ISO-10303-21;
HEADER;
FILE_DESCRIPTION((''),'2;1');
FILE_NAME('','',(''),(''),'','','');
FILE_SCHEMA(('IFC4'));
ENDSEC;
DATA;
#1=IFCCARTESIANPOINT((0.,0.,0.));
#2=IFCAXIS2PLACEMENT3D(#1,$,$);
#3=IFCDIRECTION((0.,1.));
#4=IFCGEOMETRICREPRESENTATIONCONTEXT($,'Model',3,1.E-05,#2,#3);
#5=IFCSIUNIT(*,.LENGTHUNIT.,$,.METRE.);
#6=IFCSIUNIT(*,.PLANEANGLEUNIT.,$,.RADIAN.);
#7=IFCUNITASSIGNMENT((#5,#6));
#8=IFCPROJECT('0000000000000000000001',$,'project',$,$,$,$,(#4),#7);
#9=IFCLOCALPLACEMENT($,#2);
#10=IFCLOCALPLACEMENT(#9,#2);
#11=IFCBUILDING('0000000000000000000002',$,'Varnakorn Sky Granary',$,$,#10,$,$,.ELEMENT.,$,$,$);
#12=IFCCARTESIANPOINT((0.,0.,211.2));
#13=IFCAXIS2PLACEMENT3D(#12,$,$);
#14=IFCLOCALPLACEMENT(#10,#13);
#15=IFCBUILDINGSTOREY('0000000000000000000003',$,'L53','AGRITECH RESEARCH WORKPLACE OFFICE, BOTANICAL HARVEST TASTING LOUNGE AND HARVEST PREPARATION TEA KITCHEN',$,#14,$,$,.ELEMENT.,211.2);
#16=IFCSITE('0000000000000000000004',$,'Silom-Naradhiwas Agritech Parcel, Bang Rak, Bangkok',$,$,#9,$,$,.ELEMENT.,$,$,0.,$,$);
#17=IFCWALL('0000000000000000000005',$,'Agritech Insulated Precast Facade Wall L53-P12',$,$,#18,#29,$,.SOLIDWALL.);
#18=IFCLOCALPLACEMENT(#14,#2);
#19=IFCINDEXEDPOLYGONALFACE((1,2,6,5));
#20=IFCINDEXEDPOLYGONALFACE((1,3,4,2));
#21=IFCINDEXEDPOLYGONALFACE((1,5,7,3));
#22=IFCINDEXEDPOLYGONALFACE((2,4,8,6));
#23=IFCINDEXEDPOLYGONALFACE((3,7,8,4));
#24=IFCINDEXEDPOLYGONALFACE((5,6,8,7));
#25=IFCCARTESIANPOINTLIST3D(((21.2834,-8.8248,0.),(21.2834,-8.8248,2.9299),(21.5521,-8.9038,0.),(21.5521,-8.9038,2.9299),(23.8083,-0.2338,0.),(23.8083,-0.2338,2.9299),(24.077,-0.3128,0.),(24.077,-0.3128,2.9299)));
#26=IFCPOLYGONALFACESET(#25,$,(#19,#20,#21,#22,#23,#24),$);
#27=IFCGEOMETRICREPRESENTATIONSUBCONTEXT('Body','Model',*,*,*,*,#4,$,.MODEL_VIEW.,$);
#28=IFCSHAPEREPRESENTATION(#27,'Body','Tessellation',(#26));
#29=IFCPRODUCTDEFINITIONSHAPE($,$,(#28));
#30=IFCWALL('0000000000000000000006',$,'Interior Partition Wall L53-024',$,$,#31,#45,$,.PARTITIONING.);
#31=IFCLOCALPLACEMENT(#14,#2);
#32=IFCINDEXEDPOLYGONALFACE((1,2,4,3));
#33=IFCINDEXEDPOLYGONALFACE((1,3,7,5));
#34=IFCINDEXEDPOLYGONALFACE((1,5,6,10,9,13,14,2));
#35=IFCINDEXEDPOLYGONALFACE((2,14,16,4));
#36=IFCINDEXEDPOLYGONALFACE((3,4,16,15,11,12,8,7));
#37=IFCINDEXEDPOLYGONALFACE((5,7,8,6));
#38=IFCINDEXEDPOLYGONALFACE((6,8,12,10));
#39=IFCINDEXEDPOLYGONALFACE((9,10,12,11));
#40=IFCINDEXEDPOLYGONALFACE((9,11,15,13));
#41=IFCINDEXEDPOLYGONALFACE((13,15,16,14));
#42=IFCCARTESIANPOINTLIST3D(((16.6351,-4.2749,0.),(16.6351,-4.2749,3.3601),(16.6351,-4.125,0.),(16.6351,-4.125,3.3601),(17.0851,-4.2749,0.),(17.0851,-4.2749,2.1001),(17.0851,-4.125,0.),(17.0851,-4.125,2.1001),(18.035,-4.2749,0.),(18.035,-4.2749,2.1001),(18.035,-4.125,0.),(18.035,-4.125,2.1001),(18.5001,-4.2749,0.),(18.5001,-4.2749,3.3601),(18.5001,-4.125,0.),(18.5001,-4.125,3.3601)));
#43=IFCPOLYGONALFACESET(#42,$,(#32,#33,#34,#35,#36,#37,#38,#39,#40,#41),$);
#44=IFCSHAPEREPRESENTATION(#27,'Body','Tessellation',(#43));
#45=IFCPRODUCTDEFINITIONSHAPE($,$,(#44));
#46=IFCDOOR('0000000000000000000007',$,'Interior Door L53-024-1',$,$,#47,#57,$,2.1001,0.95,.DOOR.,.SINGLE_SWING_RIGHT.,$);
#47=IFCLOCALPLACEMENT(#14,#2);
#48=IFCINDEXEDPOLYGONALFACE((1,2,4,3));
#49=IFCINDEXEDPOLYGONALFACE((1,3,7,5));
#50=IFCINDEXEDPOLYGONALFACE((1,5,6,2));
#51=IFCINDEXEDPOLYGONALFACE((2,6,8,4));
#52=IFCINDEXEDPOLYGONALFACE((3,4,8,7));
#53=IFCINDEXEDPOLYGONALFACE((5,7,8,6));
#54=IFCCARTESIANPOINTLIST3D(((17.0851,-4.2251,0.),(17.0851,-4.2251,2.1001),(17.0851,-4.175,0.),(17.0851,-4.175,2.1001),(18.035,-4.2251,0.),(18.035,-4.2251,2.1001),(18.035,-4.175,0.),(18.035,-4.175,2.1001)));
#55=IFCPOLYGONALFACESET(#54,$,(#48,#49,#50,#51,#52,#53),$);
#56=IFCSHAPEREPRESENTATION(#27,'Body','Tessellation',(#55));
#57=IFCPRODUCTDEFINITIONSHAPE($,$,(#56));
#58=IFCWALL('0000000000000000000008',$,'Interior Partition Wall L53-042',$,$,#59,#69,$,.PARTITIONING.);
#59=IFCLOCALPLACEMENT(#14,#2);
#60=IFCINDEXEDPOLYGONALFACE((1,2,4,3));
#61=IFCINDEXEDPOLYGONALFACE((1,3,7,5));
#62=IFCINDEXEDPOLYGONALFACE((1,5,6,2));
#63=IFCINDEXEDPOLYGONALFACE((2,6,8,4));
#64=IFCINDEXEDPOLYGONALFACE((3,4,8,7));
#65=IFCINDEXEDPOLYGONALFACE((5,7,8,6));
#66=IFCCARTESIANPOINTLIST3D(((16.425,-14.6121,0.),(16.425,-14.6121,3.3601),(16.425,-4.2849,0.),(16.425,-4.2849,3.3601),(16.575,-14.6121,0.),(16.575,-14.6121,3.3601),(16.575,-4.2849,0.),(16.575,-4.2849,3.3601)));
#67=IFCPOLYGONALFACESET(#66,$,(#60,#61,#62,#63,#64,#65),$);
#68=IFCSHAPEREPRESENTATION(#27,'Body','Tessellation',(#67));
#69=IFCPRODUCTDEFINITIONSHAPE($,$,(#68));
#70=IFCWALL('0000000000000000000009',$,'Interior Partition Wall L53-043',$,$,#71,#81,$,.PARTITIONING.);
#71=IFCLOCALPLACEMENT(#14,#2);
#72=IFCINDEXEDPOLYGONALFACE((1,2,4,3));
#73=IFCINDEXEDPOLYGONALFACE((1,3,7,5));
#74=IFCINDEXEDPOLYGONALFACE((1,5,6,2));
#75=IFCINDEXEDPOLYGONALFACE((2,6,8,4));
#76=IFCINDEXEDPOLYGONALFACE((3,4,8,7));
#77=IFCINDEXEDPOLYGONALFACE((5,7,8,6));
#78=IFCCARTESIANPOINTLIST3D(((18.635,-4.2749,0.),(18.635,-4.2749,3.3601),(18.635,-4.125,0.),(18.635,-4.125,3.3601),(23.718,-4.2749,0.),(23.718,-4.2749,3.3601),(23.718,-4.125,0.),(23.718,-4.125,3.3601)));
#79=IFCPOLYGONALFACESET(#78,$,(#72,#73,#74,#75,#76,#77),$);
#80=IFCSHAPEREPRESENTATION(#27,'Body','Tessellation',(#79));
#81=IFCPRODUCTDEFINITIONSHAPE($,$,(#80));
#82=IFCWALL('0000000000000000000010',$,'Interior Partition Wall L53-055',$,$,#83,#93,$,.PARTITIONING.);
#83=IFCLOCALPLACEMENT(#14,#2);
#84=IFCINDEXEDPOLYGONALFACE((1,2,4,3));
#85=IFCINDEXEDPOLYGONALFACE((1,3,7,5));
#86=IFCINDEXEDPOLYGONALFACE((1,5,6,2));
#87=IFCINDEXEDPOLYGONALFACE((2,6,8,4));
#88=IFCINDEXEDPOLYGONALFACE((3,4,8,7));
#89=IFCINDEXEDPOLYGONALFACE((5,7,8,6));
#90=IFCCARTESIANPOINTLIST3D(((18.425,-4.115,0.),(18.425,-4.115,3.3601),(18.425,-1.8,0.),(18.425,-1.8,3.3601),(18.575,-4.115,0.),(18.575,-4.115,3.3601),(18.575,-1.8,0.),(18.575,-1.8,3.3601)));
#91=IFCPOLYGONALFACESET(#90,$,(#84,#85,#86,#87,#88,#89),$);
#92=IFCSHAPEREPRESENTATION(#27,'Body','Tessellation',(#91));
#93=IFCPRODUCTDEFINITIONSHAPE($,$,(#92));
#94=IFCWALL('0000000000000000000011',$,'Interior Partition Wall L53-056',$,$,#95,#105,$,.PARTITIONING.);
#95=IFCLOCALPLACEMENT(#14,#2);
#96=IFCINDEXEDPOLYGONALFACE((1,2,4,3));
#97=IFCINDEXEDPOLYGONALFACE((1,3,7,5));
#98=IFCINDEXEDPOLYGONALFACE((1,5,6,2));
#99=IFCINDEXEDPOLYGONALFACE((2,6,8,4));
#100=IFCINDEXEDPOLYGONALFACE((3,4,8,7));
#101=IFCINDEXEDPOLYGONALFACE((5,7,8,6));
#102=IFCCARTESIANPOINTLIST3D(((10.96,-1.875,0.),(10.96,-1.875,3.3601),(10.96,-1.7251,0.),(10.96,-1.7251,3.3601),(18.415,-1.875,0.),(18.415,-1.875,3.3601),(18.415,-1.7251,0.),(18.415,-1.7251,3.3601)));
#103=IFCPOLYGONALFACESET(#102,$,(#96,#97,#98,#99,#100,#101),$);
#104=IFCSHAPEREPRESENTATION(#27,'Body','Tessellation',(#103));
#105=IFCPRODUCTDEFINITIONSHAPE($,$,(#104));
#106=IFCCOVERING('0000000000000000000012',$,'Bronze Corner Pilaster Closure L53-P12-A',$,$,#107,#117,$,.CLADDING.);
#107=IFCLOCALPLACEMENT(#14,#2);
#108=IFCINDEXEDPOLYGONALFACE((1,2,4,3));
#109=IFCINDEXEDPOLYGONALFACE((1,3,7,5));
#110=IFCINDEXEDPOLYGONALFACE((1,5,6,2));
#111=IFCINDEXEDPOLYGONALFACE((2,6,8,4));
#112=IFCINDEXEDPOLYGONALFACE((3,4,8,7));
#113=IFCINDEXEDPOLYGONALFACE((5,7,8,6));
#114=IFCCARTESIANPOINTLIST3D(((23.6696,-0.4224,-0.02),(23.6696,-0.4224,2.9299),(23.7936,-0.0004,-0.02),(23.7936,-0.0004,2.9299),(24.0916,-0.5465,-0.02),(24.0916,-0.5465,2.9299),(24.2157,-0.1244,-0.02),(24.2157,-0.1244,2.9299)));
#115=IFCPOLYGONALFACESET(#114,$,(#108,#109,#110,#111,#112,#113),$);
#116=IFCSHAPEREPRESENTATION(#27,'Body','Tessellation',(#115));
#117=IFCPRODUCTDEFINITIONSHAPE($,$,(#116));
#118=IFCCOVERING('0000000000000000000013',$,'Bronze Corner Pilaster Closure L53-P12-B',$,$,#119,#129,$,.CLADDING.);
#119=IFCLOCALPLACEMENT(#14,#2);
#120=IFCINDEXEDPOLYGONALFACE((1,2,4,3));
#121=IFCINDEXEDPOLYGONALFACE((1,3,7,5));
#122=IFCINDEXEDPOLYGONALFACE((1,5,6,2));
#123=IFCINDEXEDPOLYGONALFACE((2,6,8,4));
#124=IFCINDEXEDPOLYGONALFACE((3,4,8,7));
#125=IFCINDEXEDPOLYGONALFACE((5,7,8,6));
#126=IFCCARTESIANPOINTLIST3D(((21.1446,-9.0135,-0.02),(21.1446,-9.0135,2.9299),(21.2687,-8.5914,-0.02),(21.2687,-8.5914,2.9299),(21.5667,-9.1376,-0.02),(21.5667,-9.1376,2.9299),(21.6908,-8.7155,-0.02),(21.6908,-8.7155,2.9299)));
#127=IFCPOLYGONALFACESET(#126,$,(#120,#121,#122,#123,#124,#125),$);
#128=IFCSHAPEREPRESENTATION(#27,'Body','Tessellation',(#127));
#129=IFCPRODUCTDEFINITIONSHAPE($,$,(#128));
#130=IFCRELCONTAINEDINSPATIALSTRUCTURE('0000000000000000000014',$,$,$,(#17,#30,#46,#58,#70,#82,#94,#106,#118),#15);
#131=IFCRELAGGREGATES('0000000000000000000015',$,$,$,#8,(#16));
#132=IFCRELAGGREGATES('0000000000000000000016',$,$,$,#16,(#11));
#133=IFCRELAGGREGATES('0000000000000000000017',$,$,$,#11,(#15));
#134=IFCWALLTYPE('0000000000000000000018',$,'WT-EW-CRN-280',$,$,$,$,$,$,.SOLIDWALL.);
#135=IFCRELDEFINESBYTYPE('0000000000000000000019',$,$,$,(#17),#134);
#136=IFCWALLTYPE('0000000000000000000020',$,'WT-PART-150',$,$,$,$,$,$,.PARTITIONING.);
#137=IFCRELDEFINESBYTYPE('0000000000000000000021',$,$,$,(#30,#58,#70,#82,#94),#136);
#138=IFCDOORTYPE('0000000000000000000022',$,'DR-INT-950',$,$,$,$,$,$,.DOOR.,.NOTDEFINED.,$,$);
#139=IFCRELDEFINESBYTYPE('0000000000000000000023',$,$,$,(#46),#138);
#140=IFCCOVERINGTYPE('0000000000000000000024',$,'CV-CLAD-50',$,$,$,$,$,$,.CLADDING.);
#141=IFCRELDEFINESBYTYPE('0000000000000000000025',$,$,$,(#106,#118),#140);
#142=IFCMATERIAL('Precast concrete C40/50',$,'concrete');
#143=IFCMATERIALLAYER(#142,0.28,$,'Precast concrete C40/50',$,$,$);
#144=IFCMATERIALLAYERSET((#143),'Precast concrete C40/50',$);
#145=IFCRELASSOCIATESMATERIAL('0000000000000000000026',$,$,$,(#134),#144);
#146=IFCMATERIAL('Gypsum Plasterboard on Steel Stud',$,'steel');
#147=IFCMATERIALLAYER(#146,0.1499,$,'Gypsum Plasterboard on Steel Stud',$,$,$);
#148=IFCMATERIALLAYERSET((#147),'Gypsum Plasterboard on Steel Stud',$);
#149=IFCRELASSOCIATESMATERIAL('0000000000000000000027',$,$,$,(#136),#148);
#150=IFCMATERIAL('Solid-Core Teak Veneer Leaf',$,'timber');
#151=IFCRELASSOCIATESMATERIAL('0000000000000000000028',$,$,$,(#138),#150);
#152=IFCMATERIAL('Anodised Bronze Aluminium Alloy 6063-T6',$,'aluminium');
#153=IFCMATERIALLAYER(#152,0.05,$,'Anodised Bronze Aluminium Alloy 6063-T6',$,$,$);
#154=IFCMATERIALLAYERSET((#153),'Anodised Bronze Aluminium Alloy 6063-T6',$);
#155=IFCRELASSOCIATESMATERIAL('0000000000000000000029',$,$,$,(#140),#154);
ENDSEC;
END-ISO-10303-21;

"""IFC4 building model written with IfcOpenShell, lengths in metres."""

from ifc_helpers import new_model, si_unit, direction, frame, frame_2d, origin, origin_2d, place, context, subcontext, project, spatial, rectangle, extrude, source, transform, mapped, material, layer, layer_set, type_object, type_shapes, element, fill, save


model = new_model("IFC4")

# Units and contexts
model_context = context("Model", 3, precision=1e-05, world=origin(), true_north=direction((0.0, 1.0)))
body_context = subcontext(model_context, "Body", "Model", "MODEL_VIEW")
ifc_project = project(units=[si_unit("LENGTHUNIT", "METRE"), si_unit("PLANEANGLEUNIT", "RADIAN")], contexts=[model_context])

# Site, building, storey
site_placement = place(None, origin())
site = spatial("IfcSite", under=ifc_project, at=site_placement, Name="Silom-Naradhiwas Agritech Parcel, Bang Rak, Bangkok", CompositionType="ELEMENT", RefElevation=0.0)
building_placement = place(site_placement, origin())
building = spatial("IfcBuilding", under=site, at=building_placement, Name="Varnakorn Sky Granary", CompositionType="ELEMENT")
storey_placement = place(building_placement, frame((0.0, 0.0, 211.2)))
storey = spatial("IfcBuildingStorey", under=building, at=storey_placement, Name="L53", Description="AGRITECH RESEARCH WORKPLACE OFFICE, BOTANICAL HARVEST TASTING LOUNGE AND HARVEST PREPARATION TEA KITCHEN", CompositionType="ELEMENT", Elevation=211.2)

# Shared definitions
ifc_material_1 = material(Name="Anodised Bronze Aluminium Alloy 6063-T6", Category="aluminium")

# Wall
ifc_material_2 = material(Name="Precast concrete C40/50", Category="concrete")
ifc_layer_1 = layer(ifc_material_2, 0.28, Name="Precast concrete C40/50")
ifc_layer_set_1 = layer_set([ifc_layer_1], Name="Precast concrete C40/50")
wall_type_1 = type_object("IfcWallType", Name="WT-EW-CRN-280", PredefinedType="SOLIDWALL", material=ifc_layer_set_1)
wall_1_placement = place(storey_placement, frame((23.9426, -0.2734, 0.0), z_axis=(0.0, 0.0, 1.0), x_axis=(-0.281973, -0.959422, 0.0)))
element("IfcWall", 1, at=wall_1_placement, inside=storey, type_object=wall_type_1, Name="Agritech Insulated Precast Facade Wall L53-P12", PredefinedType="SOLIDWALL", context=body_context, shape_type="SweptSolid", body=[
    extrude(rectangle(XDim=8.9543, YDim=0.28, at=frame_2d((4.4771, 0.0))), origin(), (0.0, 0.0, 1.0), 2.9299),
])

# Wall, opening, door
ifc_material_3 = material(Name="Gypsum Plasterboard on Steel Stud", Category="steel")
ifc_layer_2 = layer(ifc_material_3, 0.1499, Name="Gypsum Plasterboard on Steel Stud")
ifc_layer_set_2 = layer_set([ifc_layer_2], Name="Gypsum Plasterboard on Steel Stud")
wall_type_2 = type_object("IfcWallType", Name="WT-PART-150", PredefinedType="PARTITIONING", material=ifc_layer_set_2)
wall_2_placement = place(storey_placement, frame((16.635, -4.2, 0.0), z_axis=(0.0, 0.0, 1.0), x_axis=(1.0, 0.0, 0.0)))
wall_2 = element("IfcWall", 2, at=wall_2_placement, inside=storey, type_object=wall_type_2, Name="Interior Partition Wall L53-024", PredefinedType="PARTITIONING", context=body_context, shape_type="SweptSolid", body=[
    extrude(rectangle(XDim=1.865, YDim=0.1499, at=frame_2d((0.9326, 0.0))), origin(), (0.0, 0.0, 1.0), 3.3601),
])
opening_placement = place(wall_2_placement, frame((0.45, 0.0, 0.0)))
opening = element("IfcOpeningElement", 3, at=opening_placement, cuts=wall_2, PredefinedType="OPENING", context=body_context, shape_type="SweptSolid", body=[
    extrude(rectangle(XDim=0.95, YDim=2.1001, at=frame_2d((0.4751, 1.05))), frame((0.0, 0.085, 0.0), z_axis=(0.0, -1.0, 0.0), x_axis=(1.0, 0.0, 0.0)), (0.0, 0.0, 1.0), 0.1699),
])
ifc_material_4 = material(Name="Solid-Core Teak Veneer Leaf", Category="timber")
door_type = type_object("IfcDoorType", Name="DR-INT-950", OperationType="NOTDEFINED", PredefinedType="DOOR", material=ifc_material_4)
door_placement = place(opening_placement, origin())
door = element("IfcDoor", 4, at=door_placement, inside=storey, type_object=door_type, Name="Interior Door L53-024-1", OperationType="SINGLE_SWING_RIGHT", OverallHeight=2.1001, OverallWidth=0.95, PredefinedType="DOOR", context=body_context, shape_type="SweptSolid", body=[
    extrude(rectangle(XDim=0.95, YDim=2.1001, at=frame_2d((0.4751, 1.05))), frame((0.0, 0.0249, 0.0), z_axis=(0.0, -1.0, 0.0), x_axis=(1.0, 0.0, 0.0)), (0.0, 0.0, 1.0), 0.05),
])
fill(opening, door)

# Walls
wall_3_placement = place(storey_placement, frame((16.5, -4.2849, 0.0), z_axis=(0.0, 0.0, 1.0), x_axis=(0.0, -1.0, 0.0)))
element("IfcWall", 5, at=wall_3_placement, inside=storey, type_object=wall_type_2, Name="Interior Partition Wall L53-042", PredefinedType="PARTITIONING", context=body_context, shape_type="SweptSolid", body=[
    extrude(rectangle(XDim=10.3271, YDim=0.1499, at=frame_2d((5.1636, 0.0))), origin(), (0.0, 0.0, 1.0), 3.3601),
])
wall_4_placement = place(storey_placement, frame((18.635, -4.2, 0.0), z_axis=(0.0, 0.0, 1.0), x_axis=(1.0, 0.0, 0.0)))
element("IfcWall", 6, at=wall_4_placement, inside=storey, type_object=wall_type_2, Name="Interior Partition Wall L53-043", PredefinedType="PARTITIONING", context=body_context, shape_type="SweptSolid", body=[
    extrude(rectangle(XDim=5.083, YDim=0.1499, at=frame_2d((2.5415, 0.0))), origin(), (0.0, 0.0, 1.0), 3.3601),
])
wall_5_placement = place(storey_placement, frame((18.5, -4.115, 0.0), z_axis=(0.0, 0.0, 1.0), x_axis=(0.0, 1.0, 0.0)))
element("IfcWall", 7, at=wall_5_placement, inside=storey, type_object=wall_type_2, Name="Interior Partition Wall L53-055", PredefinedType="PARTITIONING", context=body_context, shape_type="SweptSolid", body=[
    extrude(rectangle(XDim=2.3149, YDim=0.1499, at=frame_2d((1.1575, 0.0))), origin(), (0.0, 0.0, 1.0), 3.3601),
])
wall_6_placement = place(storey_placement, frame((18.415, -1.8, 0.0), z_axis=(0.0, 0.0, 1.0), x_axis=(-1.0, 0.0, 0.0)))
element("IfcWall", 8, at=wall_6_placement, inside=storey, type_object=wall_type_2, Name="Interior Partition Wall L53-056", PredefinedType="PARTITIONING", context=body_context, shape_type="SweptSolid", body=[
    extrude(rectangle(XDim=7.4551, YDim=0.1499, at=frame_2d((3.7275, 0.0))), origin(), (0.0, 0.0, 1.0), 3.3601),
])

# Coverings
ifc_layer_3 = layer(ifc_material_1, 0.05, Name="Anodised Bronze Aluminium Alloy 6063-T6")
ifc_layer_set_3 = layer_set([ifc_layer_3], Name="Anodised Bronze Aluminium Alloy 6063-T6")
covering_type = type_object("IfcCoveringType", Name="CV-CLAD-50", PredefinedType="CLADDING", material=ifc_layer_set_3)
shared_shape_1 = source(origin(), body_context, "Body", "SweptSolid", [
    extrude(rectangle(XDim=0.4399, YDim=0.4399, at=origin_2d()), origin(), (0.0, 0.0, 1.0), 2.95),
])
type_shapes(covering_type, [shared_shape_1])
for number, where, z_axis, x_axis, name in (
    (9, (23.9426, -0.2734, -0.02), (0.0, 0.0, 1.0), (-0.282007, -0.959412, 0.0), "Bronze Corner Pilaster Closure L53-P12-A"),
    (10, (21.4177, -8.8645, -0.02), (0.0, 0.0, 1.0), (-0.282007, -0.959412, 0.0), "Bronze Corner Pilaster Closure L53-P12-B"),
):
    element("IfcCovering", number, at=place(storey_placement, frame(where, z_axis=z_axis, x_axis=x_axis)), inside=storey, type_object=covering_type, Name=name, PredefinedType="CLADDING", context=body_context, shape_type="MappedRepresentation", body=[
        mapped(shared_shape_1, transform((0.0, 0.0, 0.0), x_axis=(1.0, 0.0, 0.0), y_axis=(0.0, 1.0, 0.0), z_axis=(0.0, 0.0, 1.0), scale=1.0)),
    ])

save(model, "model.ifc")
